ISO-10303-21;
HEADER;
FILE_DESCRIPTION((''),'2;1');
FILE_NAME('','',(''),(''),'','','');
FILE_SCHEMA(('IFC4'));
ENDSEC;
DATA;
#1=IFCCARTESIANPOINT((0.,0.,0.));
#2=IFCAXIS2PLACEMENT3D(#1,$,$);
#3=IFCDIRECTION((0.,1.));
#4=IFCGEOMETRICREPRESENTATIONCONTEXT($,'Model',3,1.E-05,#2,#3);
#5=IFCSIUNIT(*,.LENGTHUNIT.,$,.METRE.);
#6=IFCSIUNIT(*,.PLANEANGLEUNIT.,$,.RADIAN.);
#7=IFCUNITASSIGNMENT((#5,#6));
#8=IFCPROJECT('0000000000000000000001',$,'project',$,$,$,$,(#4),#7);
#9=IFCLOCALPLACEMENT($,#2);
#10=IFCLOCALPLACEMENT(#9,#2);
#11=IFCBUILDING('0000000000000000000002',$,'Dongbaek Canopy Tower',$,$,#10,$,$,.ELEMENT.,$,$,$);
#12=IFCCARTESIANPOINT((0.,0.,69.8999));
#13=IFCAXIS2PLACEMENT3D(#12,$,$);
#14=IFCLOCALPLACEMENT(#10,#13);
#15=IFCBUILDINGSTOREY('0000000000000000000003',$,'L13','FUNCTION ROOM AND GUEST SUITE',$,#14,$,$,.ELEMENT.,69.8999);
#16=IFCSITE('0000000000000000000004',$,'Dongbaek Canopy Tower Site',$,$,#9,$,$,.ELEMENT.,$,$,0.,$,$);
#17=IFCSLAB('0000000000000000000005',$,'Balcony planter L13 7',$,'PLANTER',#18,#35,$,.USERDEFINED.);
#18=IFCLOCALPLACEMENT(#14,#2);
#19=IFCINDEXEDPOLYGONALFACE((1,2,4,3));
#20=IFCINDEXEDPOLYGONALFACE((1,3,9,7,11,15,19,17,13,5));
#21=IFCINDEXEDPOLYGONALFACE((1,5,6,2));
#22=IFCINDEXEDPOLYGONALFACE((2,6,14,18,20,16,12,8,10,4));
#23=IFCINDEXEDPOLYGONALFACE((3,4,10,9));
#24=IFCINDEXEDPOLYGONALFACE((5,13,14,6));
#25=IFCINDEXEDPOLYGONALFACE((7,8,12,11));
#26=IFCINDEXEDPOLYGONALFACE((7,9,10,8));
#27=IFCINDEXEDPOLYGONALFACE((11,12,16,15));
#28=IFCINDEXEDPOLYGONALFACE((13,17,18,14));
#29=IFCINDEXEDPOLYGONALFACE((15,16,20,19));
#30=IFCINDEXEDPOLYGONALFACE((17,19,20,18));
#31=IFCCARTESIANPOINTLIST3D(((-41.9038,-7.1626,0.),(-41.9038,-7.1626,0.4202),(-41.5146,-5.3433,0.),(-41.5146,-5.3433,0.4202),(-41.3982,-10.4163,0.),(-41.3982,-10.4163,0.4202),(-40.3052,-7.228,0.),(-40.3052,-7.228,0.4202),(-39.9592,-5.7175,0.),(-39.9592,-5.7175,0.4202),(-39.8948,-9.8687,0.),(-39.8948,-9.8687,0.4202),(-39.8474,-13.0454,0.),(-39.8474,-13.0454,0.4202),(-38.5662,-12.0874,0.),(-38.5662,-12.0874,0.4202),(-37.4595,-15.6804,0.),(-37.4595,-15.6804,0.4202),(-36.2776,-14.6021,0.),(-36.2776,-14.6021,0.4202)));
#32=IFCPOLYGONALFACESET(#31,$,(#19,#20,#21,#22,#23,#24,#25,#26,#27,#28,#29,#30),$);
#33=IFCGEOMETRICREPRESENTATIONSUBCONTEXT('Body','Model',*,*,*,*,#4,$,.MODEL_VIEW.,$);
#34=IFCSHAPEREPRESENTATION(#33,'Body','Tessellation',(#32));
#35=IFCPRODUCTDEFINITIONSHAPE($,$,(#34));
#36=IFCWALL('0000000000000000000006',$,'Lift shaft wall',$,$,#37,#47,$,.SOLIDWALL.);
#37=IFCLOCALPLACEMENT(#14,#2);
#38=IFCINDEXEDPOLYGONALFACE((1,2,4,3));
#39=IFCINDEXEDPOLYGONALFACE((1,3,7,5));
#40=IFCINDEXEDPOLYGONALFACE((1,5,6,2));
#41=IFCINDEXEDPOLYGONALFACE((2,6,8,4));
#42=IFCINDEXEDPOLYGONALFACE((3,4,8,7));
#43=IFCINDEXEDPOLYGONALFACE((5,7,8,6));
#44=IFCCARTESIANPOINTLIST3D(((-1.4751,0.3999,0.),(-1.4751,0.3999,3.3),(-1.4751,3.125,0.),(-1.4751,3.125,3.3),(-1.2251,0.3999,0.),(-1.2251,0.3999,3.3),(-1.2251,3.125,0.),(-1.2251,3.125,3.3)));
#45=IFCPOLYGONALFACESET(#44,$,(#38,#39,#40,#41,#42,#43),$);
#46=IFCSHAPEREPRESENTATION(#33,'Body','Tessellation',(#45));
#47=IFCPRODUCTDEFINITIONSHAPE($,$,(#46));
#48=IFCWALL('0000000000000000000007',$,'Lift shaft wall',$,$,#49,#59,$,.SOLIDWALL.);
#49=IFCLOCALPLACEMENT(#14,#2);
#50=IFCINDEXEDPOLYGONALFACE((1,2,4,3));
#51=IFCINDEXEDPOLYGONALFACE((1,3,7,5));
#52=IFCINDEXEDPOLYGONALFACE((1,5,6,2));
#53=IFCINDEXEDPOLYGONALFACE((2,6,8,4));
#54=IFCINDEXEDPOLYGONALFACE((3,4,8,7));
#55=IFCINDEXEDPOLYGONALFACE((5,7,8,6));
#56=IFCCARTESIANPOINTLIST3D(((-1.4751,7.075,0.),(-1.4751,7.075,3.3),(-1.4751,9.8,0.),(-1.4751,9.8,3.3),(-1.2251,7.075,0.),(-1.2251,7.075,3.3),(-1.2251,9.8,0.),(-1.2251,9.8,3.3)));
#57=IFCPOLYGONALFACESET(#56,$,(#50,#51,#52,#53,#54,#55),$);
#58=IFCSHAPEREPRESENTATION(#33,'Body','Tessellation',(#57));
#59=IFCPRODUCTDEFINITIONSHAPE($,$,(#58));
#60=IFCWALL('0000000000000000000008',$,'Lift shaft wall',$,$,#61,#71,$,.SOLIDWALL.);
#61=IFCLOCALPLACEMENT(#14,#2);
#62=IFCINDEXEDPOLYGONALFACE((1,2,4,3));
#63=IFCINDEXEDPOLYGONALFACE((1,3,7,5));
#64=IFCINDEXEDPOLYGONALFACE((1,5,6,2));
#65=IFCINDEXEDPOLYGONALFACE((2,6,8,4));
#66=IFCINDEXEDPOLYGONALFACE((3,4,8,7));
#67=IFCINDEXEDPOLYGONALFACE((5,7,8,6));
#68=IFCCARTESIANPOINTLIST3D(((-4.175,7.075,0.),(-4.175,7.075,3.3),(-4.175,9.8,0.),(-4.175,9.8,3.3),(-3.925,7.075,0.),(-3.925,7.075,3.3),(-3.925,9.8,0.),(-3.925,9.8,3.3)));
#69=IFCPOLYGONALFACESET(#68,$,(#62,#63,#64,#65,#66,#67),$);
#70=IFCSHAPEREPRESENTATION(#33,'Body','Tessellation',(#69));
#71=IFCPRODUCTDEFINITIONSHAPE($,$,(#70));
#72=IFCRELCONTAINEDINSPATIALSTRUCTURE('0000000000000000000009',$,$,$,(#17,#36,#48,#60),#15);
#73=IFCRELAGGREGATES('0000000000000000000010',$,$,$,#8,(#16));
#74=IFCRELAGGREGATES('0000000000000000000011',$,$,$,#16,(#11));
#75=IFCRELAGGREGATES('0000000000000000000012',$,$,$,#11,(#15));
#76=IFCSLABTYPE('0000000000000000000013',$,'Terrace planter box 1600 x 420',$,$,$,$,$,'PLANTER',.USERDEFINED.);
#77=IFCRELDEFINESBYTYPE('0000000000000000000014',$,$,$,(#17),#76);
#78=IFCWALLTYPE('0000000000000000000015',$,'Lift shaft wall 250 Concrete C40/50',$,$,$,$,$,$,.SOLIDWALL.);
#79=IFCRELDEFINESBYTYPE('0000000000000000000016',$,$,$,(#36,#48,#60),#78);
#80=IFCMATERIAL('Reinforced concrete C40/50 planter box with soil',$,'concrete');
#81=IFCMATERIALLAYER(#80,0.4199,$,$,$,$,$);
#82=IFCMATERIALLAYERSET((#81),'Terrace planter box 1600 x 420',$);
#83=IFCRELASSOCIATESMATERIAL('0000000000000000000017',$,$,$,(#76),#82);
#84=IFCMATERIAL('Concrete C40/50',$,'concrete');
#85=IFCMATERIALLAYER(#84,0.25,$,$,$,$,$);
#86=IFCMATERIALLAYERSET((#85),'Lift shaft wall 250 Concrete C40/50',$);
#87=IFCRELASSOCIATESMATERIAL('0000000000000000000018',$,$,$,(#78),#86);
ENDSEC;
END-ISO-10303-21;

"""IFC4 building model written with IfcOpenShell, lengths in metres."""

from ifc_helpers import new_model, si_unit, direction, frame, frame_2d, origin, place, context, subcontext, project, spatial, polyline, rectangle, outline, extrude, material, layer, layer_set, type_object, element, save


model = new_model("IFC4")

# Units and contexts
model_context = context("Model", 3, precision=1e-05, world=origin(), true_north=direction((0.0, 1.0)))
body_context = subcontext(model_context, "Body", "Model", "MODEL_VIEW")
ifc_project = project(units=[si_unit("LENGTHUNIT", "METRE"), si_unit("PLANEANGLEUNIT", "RADIAN")], contexts=[model_context])

# Site, building, storey
site_placement = place(None, origin())
site = spatial("IfcSite", under=ifc_project, at=site_placement, Name="Dongbaek Canopy Tower Site", CompositionType="ELEMENT", RefElevation=0.0)
building_placement = place(site_placement, origin())
building = spatial("IfcBuilding", under=site, at=building_placement, Name="Dongbaek Canopy Tower", CompositionType="ELEMENT")
storey_placement = place(building_placement, frame((0.0, 0.0, 69.8999)))
storey = spatial("IfcBuildingStorey", under=building, at=storey_placement, Name="L13", Description="FUNCTION ROOM AND GUEST SUITE", CompositionType="ELEMENT", Elevation=69.8999)

# Slab
ifc_material_1 = material(Name="Reinforced concrete C40/50 planter box with soil", Category="concrete")
ifc_layer_1 = layer(ifc_material_1, 0.4199)
ifc_layer_set_1 = layer_set([ifc_layer_1], Name="Terrace planter box 1600 x 420")
slab_type_1 = type_object("IfcSlabType", Name="Terrace planter box 1600 x 420", ElementType="PLANTER", PredefinedType="USERDEFINED", material=ifc_layer_set_1)
slab_1_placement = place(storey_placement, origin())
element("IfcSlab", 1, at=slab_1_placement, inside=storey, type_object=slab_type_1, Name="Balcony planter L13 7", ObjectType="PLANTER", PredefinedType="USERDEFINED", context=body_context, shape_type="SweptSolid", body=[
    extrude(outline(polyline([(-39.9592, -5.7175), (-40.3052, -7.228), (-39.8948, -9.8687), (-38.5662, -12.0874), (-36.2776, -14.6021), (-37.4595, -15.6804), (-39.8474, -13.0454), (-41.3982, -10.4163), (-41.9038, -7.1626), (-41.5146, -5.3433), (-39.9592, -5.7175)])), origin(), (0.0, 0.0, 1.0), 0.4202),
])

# Walls
ifc_material_2 = material(Name="Concrete C40/50", Category="concrete")
ifc_layer_2 = layer(ifc_material_2, 0.25)
ifc_layer_set_2 = layer_set([ifc_layer_2], Name="Lift shaft wall 250 Concrete C40/50")
wall_type = type_object("IfcWallType", Name="Lift shaft wall 250 Concrete C40/50", PredefinedType="SOLIDWALL", material=ifc_layer_set_2)
for number, where, z_axis, x_axis, name in (
    (2, (-1.3501, 0.3999, 0.0), (0.0, 0.0, 1.0), (0.0, 1.0, 0.0), "Lift shaft wall"),
    (3, (-1.3501, 7.075, 0.0), (0.0, 0.0, 1.0), (0.0, 1.0, 0.0), "Lift shaft wall"),
    (4, (-4.05, 7.075, 0.0), (0.0, 0.0, 1.0), (0.0, 1.0, 0.0), "Lift shaft wall"),
):
    element("IfcWall", number, at=place(storey_placement, frame(where, z_axis=z_axis, x_axis=x_axis)), inside=storey, type_object=wall_type, Name=name, PredefinedType="SOLIDWALL", context=body_context, shape_type="SweptSolid", body=[
        extrude(rectangle(XDim=2.7251, YDim=0.25, at=frame_2d((1.3625, 0.0))), origin(), (0.0, 0.0, 1.0), 3.3),
    ])

save(model, "model.ifc")
